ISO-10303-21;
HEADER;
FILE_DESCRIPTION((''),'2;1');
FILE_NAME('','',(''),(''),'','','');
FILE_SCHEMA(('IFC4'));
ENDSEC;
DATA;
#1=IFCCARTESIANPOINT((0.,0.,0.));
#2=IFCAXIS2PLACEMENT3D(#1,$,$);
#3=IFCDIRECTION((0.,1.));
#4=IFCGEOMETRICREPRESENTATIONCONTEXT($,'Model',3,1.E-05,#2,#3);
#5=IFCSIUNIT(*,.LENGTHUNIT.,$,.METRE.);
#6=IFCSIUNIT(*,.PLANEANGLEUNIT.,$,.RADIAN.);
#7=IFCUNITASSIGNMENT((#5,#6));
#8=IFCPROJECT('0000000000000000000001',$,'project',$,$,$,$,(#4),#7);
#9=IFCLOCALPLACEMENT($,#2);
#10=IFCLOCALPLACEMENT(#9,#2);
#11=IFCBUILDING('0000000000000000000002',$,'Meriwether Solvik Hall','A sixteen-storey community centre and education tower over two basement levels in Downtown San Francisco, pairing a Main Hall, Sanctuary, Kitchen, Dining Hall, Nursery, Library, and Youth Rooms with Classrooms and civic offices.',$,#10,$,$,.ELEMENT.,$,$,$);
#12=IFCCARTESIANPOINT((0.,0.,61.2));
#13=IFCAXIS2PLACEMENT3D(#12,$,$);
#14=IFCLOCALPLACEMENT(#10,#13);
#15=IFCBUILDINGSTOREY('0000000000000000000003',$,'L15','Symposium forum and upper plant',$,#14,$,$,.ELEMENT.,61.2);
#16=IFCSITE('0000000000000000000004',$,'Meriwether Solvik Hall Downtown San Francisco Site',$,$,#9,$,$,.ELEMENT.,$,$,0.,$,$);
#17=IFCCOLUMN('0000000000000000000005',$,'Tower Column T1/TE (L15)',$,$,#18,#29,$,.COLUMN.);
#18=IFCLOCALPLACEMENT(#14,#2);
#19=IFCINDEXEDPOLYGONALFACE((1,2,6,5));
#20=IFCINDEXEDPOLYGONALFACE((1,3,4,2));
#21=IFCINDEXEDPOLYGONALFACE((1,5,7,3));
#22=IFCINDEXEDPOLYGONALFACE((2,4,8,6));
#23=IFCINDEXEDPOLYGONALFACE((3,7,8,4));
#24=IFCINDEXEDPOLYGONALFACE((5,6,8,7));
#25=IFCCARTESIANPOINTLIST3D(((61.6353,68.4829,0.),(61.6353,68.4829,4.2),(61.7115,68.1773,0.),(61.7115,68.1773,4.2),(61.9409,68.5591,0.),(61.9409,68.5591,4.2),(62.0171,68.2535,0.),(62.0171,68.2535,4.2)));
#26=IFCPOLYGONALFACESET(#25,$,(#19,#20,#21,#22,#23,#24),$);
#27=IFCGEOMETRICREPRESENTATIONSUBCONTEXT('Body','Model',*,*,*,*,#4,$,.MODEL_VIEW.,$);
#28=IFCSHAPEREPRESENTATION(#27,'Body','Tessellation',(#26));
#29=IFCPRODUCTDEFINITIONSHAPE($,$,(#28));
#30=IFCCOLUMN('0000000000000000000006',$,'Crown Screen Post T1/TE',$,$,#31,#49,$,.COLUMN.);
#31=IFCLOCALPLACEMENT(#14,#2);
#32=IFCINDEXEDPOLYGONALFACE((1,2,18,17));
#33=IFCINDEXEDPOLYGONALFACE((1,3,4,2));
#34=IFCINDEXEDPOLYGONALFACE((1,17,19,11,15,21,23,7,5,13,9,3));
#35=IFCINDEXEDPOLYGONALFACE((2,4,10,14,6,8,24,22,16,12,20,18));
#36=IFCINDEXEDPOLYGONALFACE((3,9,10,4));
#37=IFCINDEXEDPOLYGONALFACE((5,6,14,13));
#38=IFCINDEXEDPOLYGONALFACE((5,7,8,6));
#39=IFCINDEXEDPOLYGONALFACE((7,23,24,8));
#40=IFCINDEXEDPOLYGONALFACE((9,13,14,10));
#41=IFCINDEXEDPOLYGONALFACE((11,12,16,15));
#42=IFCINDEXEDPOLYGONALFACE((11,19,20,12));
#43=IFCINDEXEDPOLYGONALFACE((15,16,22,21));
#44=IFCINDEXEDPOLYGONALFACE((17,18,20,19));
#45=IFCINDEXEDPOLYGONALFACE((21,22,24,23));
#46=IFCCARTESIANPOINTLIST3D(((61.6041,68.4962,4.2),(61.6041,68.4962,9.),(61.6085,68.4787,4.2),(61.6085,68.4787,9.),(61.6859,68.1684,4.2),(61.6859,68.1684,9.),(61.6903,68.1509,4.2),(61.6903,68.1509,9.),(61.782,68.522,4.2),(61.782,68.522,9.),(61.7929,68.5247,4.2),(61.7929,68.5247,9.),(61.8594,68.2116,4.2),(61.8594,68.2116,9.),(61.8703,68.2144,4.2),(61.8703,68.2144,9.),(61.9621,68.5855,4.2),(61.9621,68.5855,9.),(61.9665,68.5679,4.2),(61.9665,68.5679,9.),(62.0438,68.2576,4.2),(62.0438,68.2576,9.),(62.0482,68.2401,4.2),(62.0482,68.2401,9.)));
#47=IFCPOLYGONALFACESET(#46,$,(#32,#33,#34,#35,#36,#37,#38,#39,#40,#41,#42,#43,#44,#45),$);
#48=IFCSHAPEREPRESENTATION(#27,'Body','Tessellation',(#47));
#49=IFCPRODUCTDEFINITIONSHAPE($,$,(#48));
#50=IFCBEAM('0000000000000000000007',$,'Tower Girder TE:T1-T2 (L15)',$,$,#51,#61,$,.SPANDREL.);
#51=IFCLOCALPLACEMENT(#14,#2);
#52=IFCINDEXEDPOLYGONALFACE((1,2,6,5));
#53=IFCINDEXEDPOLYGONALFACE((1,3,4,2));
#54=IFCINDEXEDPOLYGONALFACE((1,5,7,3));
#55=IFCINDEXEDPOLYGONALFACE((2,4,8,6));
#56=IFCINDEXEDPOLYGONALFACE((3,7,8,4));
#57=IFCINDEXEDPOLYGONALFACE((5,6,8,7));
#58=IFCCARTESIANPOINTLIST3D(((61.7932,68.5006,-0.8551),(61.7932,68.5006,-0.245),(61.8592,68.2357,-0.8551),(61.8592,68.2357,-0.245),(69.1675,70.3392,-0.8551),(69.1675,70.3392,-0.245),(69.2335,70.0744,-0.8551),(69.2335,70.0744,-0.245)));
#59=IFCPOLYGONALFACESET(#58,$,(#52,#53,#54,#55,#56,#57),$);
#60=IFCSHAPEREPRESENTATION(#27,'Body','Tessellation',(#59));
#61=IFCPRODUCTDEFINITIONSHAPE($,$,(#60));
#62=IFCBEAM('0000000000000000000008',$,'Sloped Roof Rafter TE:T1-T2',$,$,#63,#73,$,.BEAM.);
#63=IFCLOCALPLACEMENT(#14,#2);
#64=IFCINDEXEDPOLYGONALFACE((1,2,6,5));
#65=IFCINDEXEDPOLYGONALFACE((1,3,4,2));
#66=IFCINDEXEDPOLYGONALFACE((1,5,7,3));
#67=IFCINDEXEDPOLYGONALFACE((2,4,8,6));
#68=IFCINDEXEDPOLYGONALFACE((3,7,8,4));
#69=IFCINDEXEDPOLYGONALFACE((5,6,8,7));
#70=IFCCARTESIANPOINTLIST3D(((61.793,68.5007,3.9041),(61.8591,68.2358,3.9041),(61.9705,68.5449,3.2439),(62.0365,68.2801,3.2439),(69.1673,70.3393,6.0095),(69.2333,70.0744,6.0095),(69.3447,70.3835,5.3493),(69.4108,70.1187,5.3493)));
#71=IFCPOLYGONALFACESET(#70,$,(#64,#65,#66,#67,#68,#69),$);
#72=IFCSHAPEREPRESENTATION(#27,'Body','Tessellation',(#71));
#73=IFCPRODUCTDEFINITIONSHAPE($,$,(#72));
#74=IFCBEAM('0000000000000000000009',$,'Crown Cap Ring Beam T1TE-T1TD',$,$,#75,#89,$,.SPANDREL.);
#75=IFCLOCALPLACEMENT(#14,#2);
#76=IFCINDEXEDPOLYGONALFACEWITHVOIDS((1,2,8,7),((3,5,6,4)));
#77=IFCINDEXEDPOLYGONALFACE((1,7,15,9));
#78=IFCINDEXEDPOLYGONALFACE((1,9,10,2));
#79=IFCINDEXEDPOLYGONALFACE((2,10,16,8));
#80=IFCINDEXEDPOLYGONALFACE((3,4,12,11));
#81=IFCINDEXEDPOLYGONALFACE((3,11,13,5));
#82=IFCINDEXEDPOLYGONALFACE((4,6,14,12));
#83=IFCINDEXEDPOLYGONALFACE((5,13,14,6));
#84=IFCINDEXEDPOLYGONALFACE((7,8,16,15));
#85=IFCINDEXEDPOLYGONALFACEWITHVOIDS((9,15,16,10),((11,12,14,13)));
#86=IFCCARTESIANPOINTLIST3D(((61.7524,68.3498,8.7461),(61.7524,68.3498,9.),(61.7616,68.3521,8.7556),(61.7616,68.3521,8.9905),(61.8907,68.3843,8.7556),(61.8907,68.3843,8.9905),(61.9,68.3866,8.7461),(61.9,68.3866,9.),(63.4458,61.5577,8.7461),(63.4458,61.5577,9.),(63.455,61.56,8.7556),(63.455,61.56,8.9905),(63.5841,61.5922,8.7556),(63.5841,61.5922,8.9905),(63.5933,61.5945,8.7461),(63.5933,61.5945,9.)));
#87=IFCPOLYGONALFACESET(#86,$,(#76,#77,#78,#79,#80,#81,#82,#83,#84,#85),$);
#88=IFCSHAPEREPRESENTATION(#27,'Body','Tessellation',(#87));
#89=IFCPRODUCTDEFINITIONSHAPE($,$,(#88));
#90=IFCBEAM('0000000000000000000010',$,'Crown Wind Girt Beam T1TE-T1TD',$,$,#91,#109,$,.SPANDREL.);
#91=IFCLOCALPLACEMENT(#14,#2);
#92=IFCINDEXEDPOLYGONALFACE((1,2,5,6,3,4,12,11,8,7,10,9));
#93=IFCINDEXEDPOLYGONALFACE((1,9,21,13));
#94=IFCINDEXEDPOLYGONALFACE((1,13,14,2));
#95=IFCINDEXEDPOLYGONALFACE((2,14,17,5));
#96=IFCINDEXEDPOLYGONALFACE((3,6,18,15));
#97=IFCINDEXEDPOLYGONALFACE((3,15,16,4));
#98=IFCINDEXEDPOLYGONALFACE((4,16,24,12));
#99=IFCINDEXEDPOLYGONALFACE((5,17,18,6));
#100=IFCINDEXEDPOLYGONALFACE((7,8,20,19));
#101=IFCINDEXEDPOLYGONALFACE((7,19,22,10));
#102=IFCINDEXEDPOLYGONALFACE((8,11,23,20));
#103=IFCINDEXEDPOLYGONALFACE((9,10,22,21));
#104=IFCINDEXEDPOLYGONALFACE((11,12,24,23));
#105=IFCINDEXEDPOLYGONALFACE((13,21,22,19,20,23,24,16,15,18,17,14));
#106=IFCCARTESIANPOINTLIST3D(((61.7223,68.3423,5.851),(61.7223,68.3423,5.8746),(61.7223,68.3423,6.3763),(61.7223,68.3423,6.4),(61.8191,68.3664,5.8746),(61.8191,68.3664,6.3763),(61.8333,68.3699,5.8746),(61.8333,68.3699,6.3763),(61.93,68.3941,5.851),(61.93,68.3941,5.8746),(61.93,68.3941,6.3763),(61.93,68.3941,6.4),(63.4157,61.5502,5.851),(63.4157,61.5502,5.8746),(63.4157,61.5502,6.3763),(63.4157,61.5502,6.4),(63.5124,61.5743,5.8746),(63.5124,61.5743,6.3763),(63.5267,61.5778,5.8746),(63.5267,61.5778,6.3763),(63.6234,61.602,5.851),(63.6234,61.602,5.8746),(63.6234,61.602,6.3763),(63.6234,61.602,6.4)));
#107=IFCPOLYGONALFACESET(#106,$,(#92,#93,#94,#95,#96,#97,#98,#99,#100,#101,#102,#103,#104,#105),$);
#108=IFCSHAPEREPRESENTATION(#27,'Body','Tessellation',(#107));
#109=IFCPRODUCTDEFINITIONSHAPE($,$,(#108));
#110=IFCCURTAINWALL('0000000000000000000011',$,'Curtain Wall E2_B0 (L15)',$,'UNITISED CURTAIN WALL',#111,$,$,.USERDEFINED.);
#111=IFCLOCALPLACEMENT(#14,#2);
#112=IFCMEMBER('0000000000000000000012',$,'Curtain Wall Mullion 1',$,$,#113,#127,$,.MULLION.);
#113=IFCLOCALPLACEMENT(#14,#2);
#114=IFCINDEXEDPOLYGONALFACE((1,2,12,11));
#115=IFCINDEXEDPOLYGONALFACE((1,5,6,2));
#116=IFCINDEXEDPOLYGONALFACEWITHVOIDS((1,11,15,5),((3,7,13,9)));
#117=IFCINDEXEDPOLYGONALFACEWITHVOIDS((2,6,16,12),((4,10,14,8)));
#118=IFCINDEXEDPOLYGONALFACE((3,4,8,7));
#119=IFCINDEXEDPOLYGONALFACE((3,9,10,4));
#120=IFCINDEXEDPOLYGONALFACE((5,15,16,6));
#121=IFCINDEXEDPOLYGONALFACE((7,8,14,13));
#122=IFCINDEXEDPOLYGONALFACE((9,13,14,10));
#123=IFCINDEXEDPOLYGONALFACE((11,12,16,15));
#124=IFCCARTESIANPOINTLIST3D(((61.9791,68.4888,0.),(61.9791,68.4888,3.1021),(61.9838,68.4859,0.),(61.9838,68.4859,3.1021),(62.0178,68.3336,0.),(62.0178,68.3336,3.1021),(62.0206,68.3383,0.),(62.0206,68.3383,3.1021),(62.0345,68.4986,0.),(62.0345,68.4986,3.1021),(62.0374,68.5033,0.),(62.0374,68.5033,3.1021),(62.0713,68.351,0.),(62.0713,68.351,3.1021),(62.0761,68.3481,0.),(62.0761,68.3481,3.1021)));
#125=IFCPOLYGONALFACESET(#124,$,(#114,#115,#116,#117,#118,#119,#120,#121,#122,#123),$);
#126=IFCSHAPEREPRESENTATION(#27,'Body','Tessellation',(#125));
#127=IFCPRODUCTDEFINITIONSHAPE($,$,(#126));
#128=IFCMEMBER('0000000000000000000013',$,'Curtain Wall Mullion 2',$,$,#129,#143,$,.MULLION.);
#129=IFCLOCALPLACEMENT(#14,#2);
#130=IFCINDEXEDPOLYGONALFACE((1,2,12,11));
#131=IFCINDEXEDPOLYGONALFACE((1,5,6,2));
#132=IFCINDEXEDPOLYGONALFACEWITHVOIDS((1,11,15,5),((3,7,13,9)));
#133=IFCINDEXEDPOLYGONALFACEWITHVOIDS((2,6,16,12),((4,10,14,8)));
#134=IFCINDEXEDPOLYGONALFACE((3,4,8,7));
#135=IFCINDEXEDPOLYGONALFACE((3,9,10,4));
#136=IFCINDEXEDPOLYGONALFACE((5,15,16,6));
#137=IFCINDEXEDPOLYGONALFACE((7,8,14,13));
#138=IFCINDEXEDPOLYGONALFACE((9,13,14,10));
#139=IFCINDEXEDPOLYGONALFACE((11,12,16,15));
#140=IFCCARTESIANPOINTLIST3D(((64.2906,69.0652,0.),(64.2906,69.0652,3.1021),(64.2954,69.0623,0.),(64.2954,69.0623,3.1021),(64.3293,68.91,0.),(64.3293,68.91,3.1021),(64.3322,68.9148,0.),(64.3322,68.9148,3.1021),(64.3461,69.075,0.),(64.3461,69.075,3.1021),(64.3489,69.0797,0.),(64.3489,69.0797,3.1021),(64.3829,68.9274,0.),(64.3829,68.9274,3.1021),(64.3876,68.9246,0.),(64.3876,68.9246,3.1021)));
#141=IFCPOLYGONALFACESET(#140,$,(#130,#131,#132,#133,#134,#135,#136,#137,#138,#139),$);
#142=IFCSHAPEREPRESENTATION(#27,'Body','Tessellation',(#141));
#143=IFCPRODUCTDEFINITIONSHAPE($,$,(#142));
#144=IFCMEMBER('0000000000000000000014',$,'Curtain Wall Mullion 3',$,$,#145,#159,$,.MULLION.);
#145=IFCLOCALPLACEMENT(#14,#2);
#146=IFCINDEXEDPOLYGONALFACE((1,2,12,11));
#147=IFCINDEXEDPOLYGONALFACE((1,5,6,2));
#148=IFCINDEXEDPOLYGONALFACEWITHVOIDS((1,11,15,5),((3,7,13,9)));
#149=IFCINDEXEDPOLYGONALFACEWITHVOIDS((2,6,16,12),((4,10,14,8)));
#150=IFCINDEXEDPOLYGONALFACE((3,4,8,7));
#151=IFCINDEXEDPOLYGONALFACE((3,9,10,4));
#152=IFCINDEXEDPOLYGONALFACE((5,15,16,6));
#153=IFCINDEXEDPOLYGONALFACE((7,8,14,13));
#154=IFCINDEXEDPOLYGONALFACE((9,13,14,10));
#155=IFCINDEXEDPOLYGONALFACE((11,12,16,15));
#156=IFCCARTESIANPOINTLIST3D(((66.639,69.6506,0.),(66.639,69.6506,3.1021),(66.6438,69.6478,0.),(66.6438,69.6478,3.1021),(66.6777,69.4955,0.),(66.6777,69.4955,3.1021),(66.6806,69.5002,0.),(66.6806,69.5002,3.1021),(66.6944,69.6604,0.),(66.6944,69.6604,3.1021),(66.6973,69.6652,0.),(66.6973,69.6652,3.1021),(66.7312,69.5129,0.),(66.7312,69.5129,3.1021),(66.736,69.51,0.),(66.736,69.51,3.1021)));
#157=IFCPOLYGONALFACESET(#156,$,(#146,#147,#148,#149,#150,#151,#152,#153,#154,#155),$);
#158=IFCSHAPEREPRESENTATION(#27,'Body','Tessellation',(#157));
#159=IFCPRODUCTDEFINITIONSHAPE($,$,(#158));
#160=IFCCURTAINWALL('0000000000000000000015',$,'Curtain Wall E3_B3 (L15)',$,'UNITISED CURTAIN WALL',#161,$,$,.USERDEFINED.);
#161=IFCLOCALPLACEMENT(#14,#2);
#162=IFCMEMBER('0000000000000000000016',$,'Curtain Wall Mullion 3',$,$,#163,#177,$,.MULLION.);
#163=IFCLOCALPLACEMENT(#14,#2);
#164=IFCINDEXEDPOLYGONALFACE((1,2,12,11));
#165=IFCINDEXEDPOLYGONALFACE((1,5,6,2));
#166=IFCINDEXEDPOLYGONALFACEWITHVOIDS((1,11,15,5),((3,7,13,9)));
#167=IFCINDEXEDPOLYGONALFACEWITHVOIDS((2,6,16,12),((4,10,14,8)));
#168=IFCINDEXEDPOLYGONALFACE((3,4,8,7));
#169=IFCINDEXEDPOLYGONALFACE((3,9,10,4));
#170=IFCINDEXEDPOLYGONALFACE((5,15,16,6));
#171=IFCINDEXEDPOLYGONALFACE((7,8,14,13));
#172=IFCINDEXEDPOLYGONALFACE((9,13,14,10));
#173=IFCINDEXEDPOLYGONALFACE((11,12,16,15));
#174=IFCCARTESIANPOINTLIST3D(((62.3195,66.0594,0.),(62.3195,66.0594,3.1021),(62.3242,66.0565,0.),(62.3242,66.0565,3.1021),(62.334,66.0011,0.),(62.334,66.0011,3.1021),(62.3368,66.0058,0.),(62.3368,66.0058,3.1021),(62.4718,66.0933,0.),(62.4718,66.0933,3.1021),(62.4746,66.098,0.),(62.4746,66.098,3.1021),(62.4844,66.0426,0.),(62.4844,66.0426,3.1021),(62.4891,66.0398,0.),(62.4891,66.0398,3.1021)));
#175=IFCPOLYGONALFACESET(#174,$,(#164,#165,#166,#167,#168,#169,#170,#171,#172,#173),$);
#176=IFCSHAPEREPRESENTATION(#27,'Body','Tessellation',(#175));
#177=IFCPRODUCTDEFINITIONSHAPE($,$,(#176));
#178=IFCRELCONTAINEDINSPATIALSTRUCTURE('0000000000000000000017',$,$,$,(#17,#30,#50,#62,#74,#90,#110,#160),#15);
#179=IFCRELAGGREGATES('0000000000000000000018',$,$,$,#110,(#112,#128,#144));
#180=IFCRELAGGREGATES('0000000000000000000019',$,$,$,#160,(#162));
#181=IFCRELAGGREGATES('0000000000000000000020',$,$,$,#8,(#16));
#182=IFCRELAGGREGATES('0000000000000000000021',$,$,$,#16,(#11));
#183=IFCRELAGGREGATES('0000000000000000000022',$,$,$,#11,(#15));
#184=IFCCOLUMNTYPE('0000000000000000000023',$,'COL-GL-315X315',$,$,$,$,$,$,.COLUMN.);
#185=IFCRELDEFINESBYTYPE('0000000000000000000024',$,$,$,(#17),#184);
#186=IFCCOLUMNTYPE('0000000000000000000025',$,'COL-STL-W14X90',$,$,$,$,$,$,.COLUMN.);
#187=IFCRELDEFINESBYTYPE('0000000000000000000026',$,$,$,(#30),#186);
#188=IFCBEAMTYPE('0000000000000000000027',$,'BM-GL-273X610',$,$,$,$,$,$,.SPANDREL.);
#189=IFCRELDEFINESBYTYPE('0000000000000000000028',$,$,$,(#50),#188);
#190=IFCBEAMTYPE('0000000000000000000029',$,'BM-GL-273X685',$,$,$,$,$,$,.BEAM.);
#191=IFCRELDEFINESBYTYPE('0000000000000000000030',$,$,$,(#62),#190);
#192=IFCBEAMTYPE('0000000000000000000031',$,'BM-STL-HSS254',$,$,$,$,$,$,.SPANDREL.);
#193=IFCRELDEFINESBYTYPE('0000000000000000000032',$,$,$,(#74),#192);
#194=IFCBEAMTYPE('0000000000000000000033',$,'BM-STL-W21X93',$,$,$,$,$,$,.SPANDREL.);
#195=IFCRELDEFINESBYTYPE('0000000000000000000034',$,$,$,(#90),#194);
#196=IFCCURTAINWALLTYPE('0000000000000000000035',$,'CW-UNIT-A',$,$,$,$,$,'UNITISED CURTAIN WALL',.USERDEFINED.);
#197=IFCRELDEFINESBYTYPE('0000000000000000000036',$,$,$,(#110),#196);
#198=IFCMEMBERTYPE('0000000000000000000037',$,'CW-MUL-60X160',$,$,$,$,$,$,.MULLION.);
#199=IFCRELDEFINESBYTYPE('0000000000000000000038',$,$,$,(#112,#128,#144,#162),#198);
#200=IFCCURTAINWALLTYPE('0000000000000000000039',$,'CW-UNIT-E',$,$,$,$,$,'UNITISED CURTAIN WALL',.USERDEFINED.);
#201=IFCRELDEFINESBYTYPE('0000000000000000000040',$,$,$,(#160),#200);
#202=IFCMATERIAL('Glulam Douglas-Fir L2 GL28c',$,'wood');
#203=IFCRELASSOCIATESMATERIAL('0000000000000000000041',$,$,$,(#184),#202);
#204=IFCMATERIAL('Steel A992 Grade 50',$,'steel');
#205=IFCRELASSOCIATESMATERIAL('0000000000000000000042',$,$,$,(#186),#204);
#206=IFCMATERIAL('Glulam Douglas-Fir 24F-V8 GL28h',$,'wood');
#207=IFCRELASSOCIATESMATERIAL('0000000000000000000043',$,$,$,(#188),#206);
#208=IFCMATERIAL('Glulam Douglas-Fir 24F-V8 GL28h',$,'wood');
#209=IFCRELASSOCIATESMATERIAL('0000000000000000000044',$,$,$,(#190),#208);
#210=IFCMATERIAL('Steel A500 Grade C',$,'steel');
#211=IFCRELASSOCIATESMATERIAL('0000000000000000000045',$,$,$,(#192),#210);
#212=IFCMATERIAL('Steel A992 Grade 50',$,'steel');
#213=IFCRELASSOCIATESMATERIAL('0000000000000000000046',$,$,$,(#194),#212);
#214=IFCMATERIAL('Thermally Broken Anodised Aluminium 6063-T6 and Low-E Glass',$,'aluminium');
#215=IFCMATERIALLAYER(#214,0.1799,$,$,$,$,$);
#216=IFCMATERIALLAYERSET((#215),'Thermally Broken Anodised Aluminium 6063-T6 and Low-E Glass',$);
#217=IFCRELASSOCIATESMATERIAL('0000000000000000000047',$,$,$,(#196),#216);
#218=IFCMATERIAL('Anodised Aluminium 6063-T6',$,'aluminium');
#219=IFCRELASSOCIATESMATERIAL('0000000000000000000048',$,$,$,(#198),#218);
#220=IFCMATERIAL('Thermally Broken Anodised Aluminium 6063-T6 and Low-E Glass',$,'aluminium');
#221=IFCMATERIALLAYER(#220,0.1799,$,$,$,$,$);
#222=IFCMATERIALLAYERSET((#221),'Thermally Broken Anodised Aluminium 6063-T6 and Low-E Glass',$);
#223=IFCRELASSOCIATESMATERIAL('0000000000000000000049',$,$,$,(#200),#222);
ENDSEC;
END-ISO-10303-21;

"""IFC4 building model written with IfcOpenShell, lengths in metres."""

from ifc_helpers import new_model, si_unit, direction, frame, origin, origin_2d, place, context, subcontext, project, spatial, rectangle, hollow_rectangle, i_section, extrude, material, layer, layer_set, material_profile, profile_set, type_object, element, aggregate, save


model = new_model("IFC4")

# Units and contexts
model_context = context("Model", 3, precision=1e-05, world=origin(), true_north=direction((0.0, 1.0)))
body_context = subcontext(model_context, "Body", "Model", "MODEL_VIEW")
ifc_project = project(units=[si_unit("LENGTHUNIT", "METRE"), si_unit("PLANEANGLEUNIT", "RADIAN")], contexts=[model_context])

# Site, building, storey
site_placement = place(None, origin())
site = spatial("IfcSite", under=ifc_project, at=site_placement, Name="Meriwether Solvik Hall Downtown San Francisco Site", CompositionType="ELEMENT", RefElevation=0.0)
building_placement = place(site_placement, origin())
building = spatial("IfcBuilding", under=site, at=building_placement, Name="Meriwether Solvik Hall", Description="A sixteen-storey community centre and education tower over two basement levels in Downtown San Francisco, pairing a Main Hall, Sanctuary, Kitchen, Dining Hall, Nursery, Library, and Youth Rooms with Classrooms and civic offices.", CompositionType="ELEMENT")
storey_placement = place(building_placement, frame((0.0, 0.0, 61.2)))
storey = spatial("IfcBuildingStorey", under=building, at=storey_placement, Name="L15", Description="Symposium forum and upper plant", CompositionType="ELEMENT", Elevation=61.2)

# Columns
ifc_material_1 = material(Name="Glulam Douglas-Fir L2 GL28c", Category="wood")
ifc_material_profile_1 = material_profile(ifc_material_1, rectangle(XDim=0.3149, YDim=0.3149, at=origin_2d()), Name="GLC-315X315")
ifc_profile_set_1 = profile_set([ifc_material_profile_1], Name="Glulam Douglas-Fir L2 GL28c")
column_type_1 = type_object("IfcColumnType", Name="COL-GL-315X315", PredefinedType="COLUMN", material=ifc_profile_set_1)
column_1_placement = place(storey_placement, frame((61.8262, 68.3682, 0.0), z_axis=(0.0, 0.0, 1.0), x_axis=(0.970296, 0.241922, 0.0)))
element("IfcColumn", 1, at=column_1_placement, inside=storey, type_object=column_type_1, Name="Tower Column T1/TE (L15)", PredefinedType="COLUMN", context=body_context, shape_type="SweptSolid", body=[
    extrude(rectangle(XDim=0.3149, YDim=0.3149, at=origin_2d()), origin(), (0.0, 0.0, 1.0), 4.2),
])
ifc_material_2 = material(Name="Steel A992 Grade 50", Category="steel")
ifc_material_profile_2 = material_profile(ifc_material_2, i_section(OverallWidth=0.3689, OverallDepth=0.356, WebThickness=0.0112, FlangeThickness=0.0181, at=origin_2d()), Name="W14X90")
ifc_profile_set_2 = profile_set([ifc_material_profile_2], Name="Steel A992 Grade 50")
column_type_2 = type_object("IfcColumnType", Name="COL-STL-W14X90", PredefinedType="COLUMN", material=ifc_profile_set_2)
column_2_placement = place(storey_placement, frame((61.8262, 68.3682, 4.2), z_axis=(0.0, 0.0, 1.0), x_axis=(0.970296, 0.241922, 0.0)))
element("IfcColumn", 2, at=column_2_placement, inside=storey, type_object=column_type_2, Name="Crown Screen Post T1/TE", PredefinedType="COLUMN", context=body_context, shape_type="SweptSolid", body=[
    extrude(i_section(OverallWidth=0.3689, OverallDepth=0.356, WebThickness=0.0112, FlangeThickness=0.0181, at=origin_2d()), origin(), (0.0, 0.0, 1.0), 4.8),
])

# Beams
ifc_material_3 = material(Name="Glulam Douglas-Fir 24F-V8 GL28h", Category="wood")
ifc_material_profile_3 = material_profile(ifc_material_3, rectangle(XDim=0.2729, YDim=0.6101, at=origin_2d()), Name="GLB-273X610")
ifc_profile_set_3 = profile_set([ifc_material_profile_3], Name="Glulam Douglas-Fir 24F-V8 GL28h")
beam_type_1 = type_object("IfcBeamType", Name="BM-GL-273X610", PredefinedType="SPANDREL", material=ifc_profile_set_3)
beam_1_placement = place(storey_placement, frame((61.8262, 68.3682, -0.55), z_axis=(0.970295, 0.241923, 0.0), x_axis=(-0.241923, 0.970295, 0.0)))
element("IfcBeam", 3, at=beam_1_placement, inside=storey, type_object=beam_type_1, Name="Tower Girder TE:T1-T2 (L15)", PredefinedType="SPANDREL", context=body_context, shape_type="SweptSolid", body=[
    extrude(rectangle(XDim=0.2729, YDim=0.6101, at=origin_2d()), origin(), (0.0, 0.0, 1.0), 7.6001),
])
ifc_material_4 = material(Name="Glulam Douglas-Fir 24F-V8 GL28h", Category="wood")
ifc_material_profile_4 = material_profile(ifc_material_4, rectangle(XDim=0.2729, YDim=0.6851, at=origin_2d()), Name="GLB-273X685")
ifc_profile_set_4 = profile_set([ifc_material_profile_4], Name="Glulam Douglas-Fir 24F-V8 GL28h")
beam_type_2 = type_object("IfcBeamType", Name="BM-GL-273X685", PredefinedType="BEAM", material=ifc_profile_set_4)
beam_2_placement = place(storey_placement, frame((61.9148, 68.3904, 3.574), z_axis=(0.935076, 0.233142, 0.266979), x_axis=(-0.241923, 0.970295, 0.0)))
element("IfcBeam", 4, at=beam_2_placement, inside=storey, type_object=beam_type_2, Name="Sloped Roof Rafter TE:T1-T2", PredefinedType="BEAM", context=body_context, shape_type="SweptSolid", body=[
    extrude(rectangle(XDim=0.2729, YDim=0.6851, at=origin_2d()), origin(), (0.0, 0.0, 1.0), 7.8862),
])
ifc_material_5 = material(Name="Steel A500 Grade C", Category="steel")
ifc_material_profile_5 = material_profile(ifc_material_5, hollow_rectangle(XDim=0.1521, YDim=0.2539, WallThickness=0.0095, at=origin_2d()), Name="HSS254X152X9.5")
ifc_profile_set_5 = profile_set([ifc_material_profile_5], Name="Steel A500 Grade C")
beam_type_3 = type_object("IfcBeamType", Name="BM-STL-HSS254", PredefinedType="SPANDREL", material=ifc_profile_set_5)
beam_3_placement = place(storey_placement, frame((61.8262, 68.3682, 8.873), z_axis=(0.241912, -0.970298, 0.0), x_axis=(0.970298, 0.241912, 0.0)))
element("IfcBeam", 5, at=beam_3_placement, inside=storey, type_object=beam_type_3, Name="Crown Cap Ring Beam T1TE-T1TD", PredefinedType="SPANDREL", context=body_context, shape_type="SweptSolid", body=[
    extrude(hollow_rectangle(XDim=0.1521, YDim=0.2539, WallThickness=0.0095, at=origin_2d()), origin(), (0.0, 0.0, 1.0), 7.0),
])
ifc_material_6 = material(Name="Steel A992 Grade 50", Category="steel")
ifc_material_profile_6 = material_profile(ifc_material_6, i_section(OverallWidth=0.2141, OverallDepth=0.5491, WebThickness=0.0146, FlangeThickness=0.0237, at=origin_2d()), Name="W21X93")
ifc_profile_set_6 = profile_set([ifc_material_profile_6], Name="Steel A992 Grade 50")
beam_type_4 = type_object("IfcBeamType", Name="BM-STL-W21X93", PredefinedType="SPANDREL", material=ifc_profile_set_6)
beam_4_placement = place(storey_placement, frame((61.8262, 68.3682, 6.1255), z_axis=(0.241912, -0.970298, 0.0), x_axis=(0.970298, 0.241912, 0.0)))
element("IfcBeam", 6, at=beam_4_placement, inside=storey, type_object=beam_type_4, Name="Crown Wind Girt Beam T1TE-T1TD", PredefinedType="SPANDREL", context=body_context, shape_type="SweptSolid", body=[
    extrude(i_section(OverallWidth=0.2141, OverallDepth=0.5491, WebThickness=0.0146, FlangeThickness=0.0237, at=origin_2d()), origin(), (0.0, 0.0, 1.0), 7.0),
])

# Curtain walls, members
ifc_material_7 = material(Name="Thermally Broken Anodised Aluminium 6063-T6 and Low-E Glass", Category="aluminium")
ifc_layer_1 = layer(ifc_material_7, 0.1799)
ifc_layer_set_1 = layer_set([ifc_layer_1], Name="Thermally Broken Anodised Aluminium 6063-T6 and Low-E Glass")
curtain_wall_type_1 = type_object("IfcCurtainWallType", Name="CW-UNIT-A", ElementType="UNITISED CURTAIN WALL", PredefinedType="USERDEFINED", material=ifc_layer_set_1)
curtain_wall_1_placement = place(storey_placement, origin())
curtain_wall_1 = element("IfcCurtainWall", 7, at=curtain_wall_1_placement, inside=storey, type_object=curtain_wall_type_1, Name="Curtain Wall E2_B0 (L15)", ObjectType="UNITISED CURTAIN WALL", PredefinedType="USERDEFINED")
ifc_material_8 = material(Name="Anodised Aluminium 6063-T6", Category="aluminium")
ifc_material_profile_7 = material_profile(ifc_material_8, hollow_rectangle(XDim=0.0601, YDim=0.1599, WallThickness=0.0039, at=origin_2d()), Name="CWM-60X160")
ifc_profile_set_7 = profile_set([ifc_material_profile_7], Name="Anodised Aluminium 6063-T6")
member_type_1 = type_object("IfcMemberType", Name="CW-MUL-60X160", PredefinedType="MULLION", material=ifc_profile_set_7)
member_1_placement = place(storey_placement, frame((62.0276, 68.4185, 0.0), z_axis=(0.0, 0.0, 1.0), x_axis=(0.970296, 0.241922, 0.0)))
member_1 = element("IfcMember", 8, at=member_1_placement, type_object=member_type_1, Name="Curtain Wall Mullion 1", PredefinedType="MULLION", context=body_context, shape_type="SweptSolid", body=[
    extrude(hollow_rectangle(XDim=0.0601, YDim=0.1599, WallThickness=0.0039, at=origin_2d()), origin(), (0.0, 0.0, 1.0), 3.1021),
])
member_2_placement = place(storey_placement, frame((64.3391, 68.9949, 0.0), z_axis=(0.0, 0.0, 1.0), x_axis=(0.970296, 0.241922, 0.0)))
member_2 = element("IfcMember", 9, at=member_2_placement, type_object=member_type_1, Name="Curtain Wall Mullion 2", PredefinedType="MULLION", context=body_context, shape_type="SweptSolid", body=[
    extrude(hollow_rectangle(XDim=0.0601, YDim=0.1599, WallThickness=0.0039, at=origin_2d()), origin(), (0.0, 0.0, 1.0), 3.1021),
])
member_3_placement = place(storey_placement, frame((66.6875, 69.5803, 0.0), z_axis=(0.0, 0.0, 1.0), x_axis=(0.970296, 0.241922, 0.0)))
member_3 = element("IfcMember", 10, at=member_3_placement, type_object=member_type_1, Name="Curtain Wall Mullion 3", PredefinedType="MULLION", context=body_context, shape_type="SweptSolid", body=[
    extrude(hollow_rectangle(XDim=0.0601, YDim=0.1599, WallThickness=0.0039, at=origin_2d()), origin(), (0.0, 0.0, 1.0), 3.1021),
])
ifc_material_9 = material(Name="Thermally Broken Anodised Aluminium 6063-T6 and Low-E Glass", Category="aluminium")
ifc_layer_2 = layer(ifc_material_9, 0.1799)
ifc_layer_set_2 = layer_set([ifc_layer_2], Name="Thermally Broken Anodised Aluminium 6063-T6 and Low-E Glass")
curtain_wall_type_2 = type_object("IfcCurtainWallType", Name="CW-UNIT-E", ElementType="UNITISED CURTAIN WALL", PredefinedType="USERDEFINED", material=ifc_layer_set_2)
curtain_wall_2_placement = place(storey_placement, origin())
curtain_wall_2 = element("IfcCurtainWall", 11, at=curtain_wall_2_placement, inside=storey, type_object=curtain_wall_type_2, Name="Curtain Wall E3_B3 (L15)", ObjectType="UNITISED CURTAIN WALL", PredefinedType="USERDEFINED")
member_4_placement = place(storey_placement, frame((62.4043, 66.0496, 0.0), z_axis=(0.0, 0.0, 1.0), x_axis=(-0.241922, 0.970296, 0.0)))
member_4 = element("IfcMember", 12, at=member_4_placement, type_object=member_type_1, Name="Curtain Wall Mullion 3", PredefinedType="MULLION", context=body_context, shape_type="SweptSolid", body=[
    extrude(hollow_rectangle(XDim=0.0601, YDim=0.1599, WallThickness=0.0039, at=origin_2d()), origin(), (0.0, 0.0, 1.0), 3.1021),
])

aggregate(curtain_wall_1, [member_1, member_2, member_3])
aggregate(curtain_wall_2, [member_4])

save(model, "model.ifc")
